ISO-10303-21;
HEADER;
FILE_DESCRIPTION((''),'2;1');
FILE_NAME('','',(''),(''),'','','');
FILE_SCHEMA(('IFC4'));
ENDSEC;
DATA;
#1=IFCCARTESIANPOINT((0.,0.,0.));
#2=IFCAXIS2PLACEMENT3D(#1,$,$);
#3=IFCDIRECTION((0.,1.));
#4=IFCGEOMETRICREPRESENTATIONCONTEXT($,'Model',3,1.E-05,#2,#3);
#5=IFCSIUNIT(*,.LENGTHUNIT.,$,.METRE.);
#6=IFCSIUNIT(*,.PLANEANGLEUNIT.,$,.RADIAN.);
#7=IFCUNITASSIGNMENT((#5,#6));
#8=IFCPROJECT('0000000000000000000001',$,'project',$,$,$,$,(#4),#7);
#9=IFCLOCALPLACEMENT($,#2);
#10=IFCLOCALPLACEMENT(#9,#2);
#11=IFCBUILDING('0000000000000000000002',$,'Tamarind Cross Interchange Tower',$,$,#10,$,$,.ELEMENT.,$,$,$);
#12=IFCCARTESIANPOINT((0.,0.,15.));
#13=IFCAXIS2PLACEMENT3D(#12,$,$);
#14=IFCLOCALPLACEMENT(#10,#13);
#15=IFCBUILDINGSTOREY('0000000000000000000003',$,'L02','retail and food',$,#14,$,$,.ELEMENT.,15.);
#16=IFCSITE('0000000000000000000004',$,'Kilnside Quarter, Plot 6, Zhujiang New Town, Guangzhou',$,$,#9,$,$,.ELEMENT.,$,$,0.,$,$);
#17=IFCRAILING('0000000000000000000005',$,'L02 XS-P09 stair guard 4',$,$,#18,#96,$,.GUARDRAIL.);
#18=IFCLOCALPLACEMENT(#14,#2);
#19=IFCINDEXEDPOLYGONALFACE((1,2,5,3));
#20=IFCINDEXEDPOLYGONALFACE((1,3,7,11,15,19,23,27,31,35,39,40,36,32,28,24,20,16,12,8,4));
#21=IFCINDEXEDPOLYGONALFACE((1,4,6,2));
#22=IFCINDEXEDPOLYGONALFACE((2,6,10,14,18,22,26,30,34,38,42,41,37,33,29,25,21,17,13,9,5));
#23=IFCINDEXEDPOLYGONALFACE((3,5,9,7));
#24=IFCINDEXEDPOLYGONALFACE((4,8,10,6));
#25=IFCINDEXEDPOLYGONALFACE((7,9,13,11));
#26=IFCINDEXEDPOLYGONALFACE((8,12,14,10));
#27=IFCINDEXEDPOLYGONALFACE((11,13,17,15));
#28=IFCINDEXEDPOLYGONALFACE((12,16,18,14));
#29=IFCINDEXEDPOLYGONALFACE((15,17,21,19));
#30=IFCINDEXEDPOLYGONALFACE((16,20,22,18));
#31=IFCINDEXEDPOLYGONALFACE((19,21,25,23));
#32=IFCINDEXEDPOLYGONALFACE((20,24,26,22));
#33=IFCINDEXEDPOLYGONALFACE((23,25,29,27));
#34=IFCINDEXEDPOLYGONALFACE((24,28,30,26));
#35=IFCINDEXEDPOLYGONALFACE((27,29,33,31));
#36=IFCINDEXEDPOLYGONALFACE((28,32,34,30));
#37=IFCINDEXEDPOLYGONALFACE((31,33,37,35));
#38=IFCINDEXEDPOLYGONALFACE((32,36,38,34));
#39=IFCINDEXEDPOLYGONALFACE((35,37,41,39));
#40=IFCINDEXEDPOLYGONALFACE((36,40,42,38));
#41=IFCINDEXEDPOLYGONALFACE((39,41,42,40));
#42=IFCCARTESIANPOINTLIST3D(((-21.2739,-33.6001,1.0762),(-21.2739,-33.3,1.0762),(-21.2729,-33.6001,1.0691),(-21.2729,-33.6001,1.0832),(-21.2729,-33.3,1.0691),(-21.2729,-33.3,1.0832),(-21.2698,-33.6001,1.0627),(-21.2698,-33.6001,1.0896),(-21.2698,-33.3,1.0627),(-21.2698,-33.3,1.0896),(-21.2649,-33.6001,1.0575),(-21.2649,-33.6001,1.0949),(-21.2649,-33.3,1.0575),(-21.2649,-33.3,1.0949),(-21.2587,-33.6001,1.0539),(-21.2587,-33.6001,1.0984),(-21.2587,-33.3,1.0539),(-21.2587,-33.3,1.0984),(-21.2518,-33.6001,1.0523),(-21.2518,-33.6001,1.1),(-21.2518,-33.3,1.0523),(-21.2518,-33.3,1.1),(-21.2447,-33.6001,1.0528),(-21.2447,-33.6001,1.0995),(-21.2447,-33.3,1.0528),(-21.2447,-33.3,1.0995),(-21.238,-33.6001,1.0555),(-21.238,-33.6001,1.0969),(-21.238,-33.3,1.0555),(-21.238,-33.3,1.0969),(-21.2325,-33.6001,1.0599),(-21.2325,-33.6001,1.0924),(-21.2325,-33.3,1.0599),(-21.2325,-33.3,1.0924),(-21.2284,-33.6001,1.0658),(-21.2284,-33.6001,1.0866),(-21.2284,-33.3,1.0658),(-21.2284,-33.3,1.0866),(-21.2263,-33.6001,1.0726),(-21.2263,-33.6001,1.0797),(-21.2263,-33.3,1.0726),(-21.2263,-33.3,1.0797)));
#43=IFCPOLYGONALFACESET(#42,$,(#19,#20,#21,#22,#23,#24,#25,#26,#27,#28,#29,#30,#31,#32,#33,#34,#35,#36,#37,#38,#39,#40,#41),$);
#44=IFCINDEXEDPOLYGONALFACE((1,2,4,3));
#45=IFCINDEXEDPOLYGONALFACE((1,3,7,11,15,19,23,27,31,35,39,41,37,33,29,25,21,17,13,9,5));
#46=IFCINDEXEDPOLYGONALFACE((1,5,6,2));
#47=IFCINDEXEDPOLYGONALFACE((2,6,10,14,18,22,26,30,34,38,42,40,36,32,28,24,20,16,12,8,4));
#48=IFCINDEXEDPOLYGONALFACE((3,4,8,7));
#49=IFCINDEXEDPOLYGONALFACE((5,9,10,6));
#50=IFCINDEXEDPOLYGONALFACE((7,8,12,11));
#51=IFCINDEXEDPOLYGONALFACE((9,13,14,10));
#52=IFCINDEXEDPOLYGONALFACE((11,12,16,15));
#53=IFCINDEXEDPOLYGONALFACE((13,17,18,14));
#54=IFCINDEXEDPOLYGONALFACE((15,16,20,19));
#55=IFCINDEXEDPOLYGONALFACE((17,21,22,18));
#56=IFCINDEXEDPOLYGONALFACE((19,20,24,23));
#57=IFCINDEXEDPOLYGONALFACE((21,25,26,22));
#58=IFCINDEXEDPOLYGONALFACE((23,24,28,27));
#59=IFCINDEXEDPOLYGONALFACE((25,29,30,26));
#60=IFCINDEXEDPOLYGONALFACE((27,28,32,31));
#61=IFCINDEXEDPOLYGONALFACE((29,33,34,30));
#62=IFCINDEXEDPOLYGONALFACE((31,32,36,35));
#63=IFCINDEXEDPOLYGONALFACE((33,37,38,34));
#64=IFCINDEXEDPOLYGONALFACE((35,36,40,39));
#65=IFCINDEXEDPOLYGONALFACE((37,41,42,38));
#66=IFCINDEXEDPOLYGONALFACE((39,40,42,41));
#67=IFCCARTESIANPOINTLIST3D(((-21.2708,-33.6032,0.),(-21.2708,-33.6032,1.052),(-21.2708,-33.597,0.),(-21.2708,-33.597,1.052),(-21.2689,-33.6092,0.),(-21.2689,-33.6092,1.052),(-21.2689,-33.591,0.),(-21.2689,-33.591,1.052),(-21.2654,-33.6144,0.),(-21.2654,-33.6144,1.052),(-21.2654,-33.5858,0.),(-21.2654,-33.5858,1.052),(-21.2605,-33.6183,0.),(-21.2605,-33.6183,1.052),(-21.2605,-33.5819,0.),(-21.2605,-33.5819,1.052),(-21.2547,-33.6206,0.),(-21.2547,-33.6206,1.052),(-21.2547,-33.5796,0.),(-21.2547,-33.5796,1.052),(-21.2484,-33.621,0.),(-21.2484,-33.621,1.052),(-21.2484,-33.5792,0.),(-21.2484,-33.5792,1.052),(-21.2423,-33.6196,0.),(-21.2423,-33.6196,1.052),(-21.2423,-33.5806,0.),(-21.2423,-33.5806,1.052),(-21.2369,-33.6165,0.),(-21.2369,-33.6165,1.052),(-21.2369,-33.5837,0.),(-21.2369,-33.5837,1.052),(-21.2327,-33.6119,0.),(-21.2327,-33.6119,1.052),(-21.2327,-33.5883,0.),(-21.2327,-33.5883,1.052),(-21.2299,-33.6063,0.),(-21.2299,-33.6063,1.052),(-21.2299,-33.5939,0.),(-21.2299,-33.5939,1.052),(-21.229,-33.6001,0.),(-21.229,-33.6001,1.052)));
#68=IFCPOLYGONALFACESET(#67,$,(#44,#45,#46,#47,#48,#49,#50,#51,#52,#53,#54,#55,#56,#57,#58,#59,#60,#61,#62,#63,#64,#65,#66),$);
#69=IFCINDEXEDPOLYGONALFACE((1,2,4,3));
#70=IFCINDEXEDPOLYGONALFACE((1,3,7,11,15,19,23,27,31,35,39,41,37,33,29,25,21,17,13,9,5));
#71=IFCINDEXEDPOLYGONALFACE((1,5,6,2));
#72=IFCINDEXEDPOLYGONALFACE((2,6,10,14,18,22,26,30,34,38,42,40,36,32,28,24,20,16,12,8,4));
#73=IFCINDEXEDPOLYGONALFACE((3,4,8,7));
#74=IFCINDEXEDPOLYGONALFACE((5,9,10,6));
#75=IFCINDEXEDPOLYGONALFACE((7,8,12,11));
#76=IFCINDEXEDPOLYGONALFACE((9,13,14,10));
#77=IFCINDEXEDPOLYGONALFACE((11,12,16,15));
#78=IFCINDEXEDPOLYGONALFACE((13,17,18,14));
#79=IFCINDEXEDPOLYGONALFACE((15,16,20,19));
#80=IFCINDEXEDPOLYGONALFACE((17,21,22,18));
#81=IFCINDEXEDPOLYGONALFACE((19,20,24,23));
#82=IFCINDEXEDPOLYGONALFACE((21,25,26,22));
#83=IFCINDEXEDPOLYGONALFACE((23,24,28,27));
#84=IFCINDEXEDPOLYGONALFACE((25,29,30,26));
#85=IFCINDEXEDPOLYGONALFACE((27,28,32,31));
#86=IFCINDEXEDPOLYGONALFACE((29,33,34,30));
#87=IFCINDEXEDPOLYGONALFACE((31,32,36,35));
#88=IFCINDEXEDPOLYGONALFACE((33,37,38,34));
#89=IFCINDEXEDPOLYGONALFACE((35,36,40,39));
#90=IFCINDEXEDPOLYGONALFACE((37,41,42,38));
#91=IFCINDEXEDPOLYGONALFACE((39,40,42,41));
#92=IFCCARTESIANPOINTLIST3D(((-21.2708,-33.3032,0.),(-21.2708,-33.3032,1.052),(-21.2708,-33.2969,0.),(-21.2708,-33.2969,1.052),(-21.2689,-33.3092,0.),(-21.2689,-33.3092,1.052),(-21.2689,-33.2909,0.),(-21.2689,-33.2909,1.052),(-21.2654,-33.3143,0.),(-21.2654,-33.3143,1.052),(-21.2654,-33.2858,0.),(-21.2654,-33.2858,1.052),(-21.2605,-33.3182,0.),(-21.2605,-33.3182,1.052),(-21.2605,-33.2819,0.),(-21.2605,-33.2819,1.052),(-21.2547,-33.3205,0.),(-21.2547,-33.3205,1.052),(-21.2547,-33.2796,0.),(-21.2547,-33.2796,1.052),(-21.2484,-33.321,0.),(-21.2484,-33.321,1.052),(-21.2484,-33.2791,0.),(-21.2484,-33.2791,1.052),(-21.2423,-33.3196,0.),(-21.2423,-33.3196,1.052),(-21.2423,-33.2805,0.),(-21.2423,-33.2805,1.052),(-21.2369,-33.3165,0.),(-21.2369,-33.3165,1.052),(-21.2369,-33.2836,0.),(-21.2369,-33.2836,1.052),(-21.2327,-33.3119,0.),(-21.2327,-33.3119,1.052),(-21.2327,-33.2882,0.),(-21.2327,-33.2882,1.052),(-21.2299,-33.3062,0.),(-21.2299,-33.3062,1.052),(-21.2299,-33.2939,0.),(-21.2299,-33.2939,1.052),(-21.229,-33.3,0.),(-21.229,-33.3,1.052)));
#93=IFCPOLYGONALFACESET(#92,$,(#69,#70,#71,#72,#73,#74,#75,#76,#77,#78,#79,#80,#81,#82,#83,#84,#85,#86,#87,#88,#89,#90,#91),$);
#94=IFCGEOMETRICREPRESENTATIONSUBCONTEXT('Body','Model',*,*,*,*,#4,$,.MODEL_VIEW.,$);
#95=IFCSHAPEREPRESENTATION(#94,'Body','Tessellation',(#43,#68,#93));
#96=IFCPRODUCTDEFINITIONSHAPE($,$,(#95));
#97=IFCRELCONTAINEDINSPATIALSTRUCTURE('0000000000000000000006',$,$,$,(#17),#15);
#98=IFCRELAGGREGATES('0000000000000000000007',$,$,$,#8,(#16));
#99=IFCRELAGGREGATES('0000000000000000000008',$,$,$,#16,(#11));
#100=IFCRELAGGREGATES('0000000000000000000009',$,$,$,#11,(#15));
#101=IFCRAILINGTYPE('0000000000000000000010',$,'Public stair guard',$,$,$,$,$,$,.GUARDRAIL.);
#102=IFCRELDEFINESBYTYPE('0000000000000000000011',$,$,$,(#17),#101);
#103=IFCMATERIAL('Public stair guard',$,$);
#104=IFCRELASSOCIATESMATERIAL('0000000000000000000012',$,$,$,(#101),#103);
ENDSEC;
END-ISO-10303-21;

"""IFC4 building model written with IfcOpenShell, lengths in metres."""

from ifc_helpers import new_model, si_unit, direction, frame, origin, origin_2d, place, context, subcontext, project, spatial, circle, extrude, material, type_object, element, save


model = new_model("IFC4")

# Units and contexts
model_context = context("Model", 3, precision=1e-05, world=origin(), true_north=direction((0.0, 1.0)))
body_context = subcontext(model_context, "Body", "Model", "MODEL_VIEW")
ifc_project = project(units=[si_unit("LENGTHUNIT", "METRE"), si_unit("PLANEANGLEUNIT", "RADIAN")], contexts=[model_context])

# Site, building, storey
site_placement = place(None, origin())
site = spatial("IfcSite", under=ifc_project, at=site_placement, Name="Kilnside Quarter, Plot 6, Zhujiang New Town, Guangzhou", CompositionType="ELEMENT", RefElevation=0.0)
building_placement = place(site_placement, origin())
building = spatial("IfcBuilding", under=site, at=building_placement, Name="Tamarind Cross Interchange Tower", CompositionType="ELEMENT")
storey_placement = place(building_placement, frame((0.0, 0.0, 15.0)))
storey = spatial("IfcBuildingStorey", under=building, at=storey_placement, Name="L02", Description="retail and food", CompositionType="ELEMENT", Elevation=15.0)

# Railing
ifc_material_1 = material(Name="Public stair guard")
railing_type_1 = type_object("IfcRailingType", Name="Public stair guard", PredefinedType="GUARDRAIL", material=ifc_material_1)
railing_1_placement = place(storey_placement, frame((-21.25, -33.6001, 0.0)))
element("IfcRailing", 1, at=railing_1_placement, inside=storey, type_object=railing_type_1, Name="L02 XS-P09 stair guard 4", PredefinedType="GUARDRAIL", context=body_context, shape_type="SweptSolid", body=[
    extrude(circle(Radius=0.0239, at=origin_2d()), frame((0.0, 0.0, 1.0762), z_axis=(0.0, 1.0, 0.0), x_axis=(-1.0, 0.0, 0.0)), (0.0, 0.0, 1.0), 0.3),
    extrude(circle(Radius=0.021, at=origin_2d()), origin(), (0.0, 0.0, 1.0), 1.052),
    extrude(circle(Radius=0.021, at=origin_2d()), frame((0.0, 0.3, 0.0)), (0.0, 0.0, 1.0), 1.052),
])

save(model, "model.ifc")
